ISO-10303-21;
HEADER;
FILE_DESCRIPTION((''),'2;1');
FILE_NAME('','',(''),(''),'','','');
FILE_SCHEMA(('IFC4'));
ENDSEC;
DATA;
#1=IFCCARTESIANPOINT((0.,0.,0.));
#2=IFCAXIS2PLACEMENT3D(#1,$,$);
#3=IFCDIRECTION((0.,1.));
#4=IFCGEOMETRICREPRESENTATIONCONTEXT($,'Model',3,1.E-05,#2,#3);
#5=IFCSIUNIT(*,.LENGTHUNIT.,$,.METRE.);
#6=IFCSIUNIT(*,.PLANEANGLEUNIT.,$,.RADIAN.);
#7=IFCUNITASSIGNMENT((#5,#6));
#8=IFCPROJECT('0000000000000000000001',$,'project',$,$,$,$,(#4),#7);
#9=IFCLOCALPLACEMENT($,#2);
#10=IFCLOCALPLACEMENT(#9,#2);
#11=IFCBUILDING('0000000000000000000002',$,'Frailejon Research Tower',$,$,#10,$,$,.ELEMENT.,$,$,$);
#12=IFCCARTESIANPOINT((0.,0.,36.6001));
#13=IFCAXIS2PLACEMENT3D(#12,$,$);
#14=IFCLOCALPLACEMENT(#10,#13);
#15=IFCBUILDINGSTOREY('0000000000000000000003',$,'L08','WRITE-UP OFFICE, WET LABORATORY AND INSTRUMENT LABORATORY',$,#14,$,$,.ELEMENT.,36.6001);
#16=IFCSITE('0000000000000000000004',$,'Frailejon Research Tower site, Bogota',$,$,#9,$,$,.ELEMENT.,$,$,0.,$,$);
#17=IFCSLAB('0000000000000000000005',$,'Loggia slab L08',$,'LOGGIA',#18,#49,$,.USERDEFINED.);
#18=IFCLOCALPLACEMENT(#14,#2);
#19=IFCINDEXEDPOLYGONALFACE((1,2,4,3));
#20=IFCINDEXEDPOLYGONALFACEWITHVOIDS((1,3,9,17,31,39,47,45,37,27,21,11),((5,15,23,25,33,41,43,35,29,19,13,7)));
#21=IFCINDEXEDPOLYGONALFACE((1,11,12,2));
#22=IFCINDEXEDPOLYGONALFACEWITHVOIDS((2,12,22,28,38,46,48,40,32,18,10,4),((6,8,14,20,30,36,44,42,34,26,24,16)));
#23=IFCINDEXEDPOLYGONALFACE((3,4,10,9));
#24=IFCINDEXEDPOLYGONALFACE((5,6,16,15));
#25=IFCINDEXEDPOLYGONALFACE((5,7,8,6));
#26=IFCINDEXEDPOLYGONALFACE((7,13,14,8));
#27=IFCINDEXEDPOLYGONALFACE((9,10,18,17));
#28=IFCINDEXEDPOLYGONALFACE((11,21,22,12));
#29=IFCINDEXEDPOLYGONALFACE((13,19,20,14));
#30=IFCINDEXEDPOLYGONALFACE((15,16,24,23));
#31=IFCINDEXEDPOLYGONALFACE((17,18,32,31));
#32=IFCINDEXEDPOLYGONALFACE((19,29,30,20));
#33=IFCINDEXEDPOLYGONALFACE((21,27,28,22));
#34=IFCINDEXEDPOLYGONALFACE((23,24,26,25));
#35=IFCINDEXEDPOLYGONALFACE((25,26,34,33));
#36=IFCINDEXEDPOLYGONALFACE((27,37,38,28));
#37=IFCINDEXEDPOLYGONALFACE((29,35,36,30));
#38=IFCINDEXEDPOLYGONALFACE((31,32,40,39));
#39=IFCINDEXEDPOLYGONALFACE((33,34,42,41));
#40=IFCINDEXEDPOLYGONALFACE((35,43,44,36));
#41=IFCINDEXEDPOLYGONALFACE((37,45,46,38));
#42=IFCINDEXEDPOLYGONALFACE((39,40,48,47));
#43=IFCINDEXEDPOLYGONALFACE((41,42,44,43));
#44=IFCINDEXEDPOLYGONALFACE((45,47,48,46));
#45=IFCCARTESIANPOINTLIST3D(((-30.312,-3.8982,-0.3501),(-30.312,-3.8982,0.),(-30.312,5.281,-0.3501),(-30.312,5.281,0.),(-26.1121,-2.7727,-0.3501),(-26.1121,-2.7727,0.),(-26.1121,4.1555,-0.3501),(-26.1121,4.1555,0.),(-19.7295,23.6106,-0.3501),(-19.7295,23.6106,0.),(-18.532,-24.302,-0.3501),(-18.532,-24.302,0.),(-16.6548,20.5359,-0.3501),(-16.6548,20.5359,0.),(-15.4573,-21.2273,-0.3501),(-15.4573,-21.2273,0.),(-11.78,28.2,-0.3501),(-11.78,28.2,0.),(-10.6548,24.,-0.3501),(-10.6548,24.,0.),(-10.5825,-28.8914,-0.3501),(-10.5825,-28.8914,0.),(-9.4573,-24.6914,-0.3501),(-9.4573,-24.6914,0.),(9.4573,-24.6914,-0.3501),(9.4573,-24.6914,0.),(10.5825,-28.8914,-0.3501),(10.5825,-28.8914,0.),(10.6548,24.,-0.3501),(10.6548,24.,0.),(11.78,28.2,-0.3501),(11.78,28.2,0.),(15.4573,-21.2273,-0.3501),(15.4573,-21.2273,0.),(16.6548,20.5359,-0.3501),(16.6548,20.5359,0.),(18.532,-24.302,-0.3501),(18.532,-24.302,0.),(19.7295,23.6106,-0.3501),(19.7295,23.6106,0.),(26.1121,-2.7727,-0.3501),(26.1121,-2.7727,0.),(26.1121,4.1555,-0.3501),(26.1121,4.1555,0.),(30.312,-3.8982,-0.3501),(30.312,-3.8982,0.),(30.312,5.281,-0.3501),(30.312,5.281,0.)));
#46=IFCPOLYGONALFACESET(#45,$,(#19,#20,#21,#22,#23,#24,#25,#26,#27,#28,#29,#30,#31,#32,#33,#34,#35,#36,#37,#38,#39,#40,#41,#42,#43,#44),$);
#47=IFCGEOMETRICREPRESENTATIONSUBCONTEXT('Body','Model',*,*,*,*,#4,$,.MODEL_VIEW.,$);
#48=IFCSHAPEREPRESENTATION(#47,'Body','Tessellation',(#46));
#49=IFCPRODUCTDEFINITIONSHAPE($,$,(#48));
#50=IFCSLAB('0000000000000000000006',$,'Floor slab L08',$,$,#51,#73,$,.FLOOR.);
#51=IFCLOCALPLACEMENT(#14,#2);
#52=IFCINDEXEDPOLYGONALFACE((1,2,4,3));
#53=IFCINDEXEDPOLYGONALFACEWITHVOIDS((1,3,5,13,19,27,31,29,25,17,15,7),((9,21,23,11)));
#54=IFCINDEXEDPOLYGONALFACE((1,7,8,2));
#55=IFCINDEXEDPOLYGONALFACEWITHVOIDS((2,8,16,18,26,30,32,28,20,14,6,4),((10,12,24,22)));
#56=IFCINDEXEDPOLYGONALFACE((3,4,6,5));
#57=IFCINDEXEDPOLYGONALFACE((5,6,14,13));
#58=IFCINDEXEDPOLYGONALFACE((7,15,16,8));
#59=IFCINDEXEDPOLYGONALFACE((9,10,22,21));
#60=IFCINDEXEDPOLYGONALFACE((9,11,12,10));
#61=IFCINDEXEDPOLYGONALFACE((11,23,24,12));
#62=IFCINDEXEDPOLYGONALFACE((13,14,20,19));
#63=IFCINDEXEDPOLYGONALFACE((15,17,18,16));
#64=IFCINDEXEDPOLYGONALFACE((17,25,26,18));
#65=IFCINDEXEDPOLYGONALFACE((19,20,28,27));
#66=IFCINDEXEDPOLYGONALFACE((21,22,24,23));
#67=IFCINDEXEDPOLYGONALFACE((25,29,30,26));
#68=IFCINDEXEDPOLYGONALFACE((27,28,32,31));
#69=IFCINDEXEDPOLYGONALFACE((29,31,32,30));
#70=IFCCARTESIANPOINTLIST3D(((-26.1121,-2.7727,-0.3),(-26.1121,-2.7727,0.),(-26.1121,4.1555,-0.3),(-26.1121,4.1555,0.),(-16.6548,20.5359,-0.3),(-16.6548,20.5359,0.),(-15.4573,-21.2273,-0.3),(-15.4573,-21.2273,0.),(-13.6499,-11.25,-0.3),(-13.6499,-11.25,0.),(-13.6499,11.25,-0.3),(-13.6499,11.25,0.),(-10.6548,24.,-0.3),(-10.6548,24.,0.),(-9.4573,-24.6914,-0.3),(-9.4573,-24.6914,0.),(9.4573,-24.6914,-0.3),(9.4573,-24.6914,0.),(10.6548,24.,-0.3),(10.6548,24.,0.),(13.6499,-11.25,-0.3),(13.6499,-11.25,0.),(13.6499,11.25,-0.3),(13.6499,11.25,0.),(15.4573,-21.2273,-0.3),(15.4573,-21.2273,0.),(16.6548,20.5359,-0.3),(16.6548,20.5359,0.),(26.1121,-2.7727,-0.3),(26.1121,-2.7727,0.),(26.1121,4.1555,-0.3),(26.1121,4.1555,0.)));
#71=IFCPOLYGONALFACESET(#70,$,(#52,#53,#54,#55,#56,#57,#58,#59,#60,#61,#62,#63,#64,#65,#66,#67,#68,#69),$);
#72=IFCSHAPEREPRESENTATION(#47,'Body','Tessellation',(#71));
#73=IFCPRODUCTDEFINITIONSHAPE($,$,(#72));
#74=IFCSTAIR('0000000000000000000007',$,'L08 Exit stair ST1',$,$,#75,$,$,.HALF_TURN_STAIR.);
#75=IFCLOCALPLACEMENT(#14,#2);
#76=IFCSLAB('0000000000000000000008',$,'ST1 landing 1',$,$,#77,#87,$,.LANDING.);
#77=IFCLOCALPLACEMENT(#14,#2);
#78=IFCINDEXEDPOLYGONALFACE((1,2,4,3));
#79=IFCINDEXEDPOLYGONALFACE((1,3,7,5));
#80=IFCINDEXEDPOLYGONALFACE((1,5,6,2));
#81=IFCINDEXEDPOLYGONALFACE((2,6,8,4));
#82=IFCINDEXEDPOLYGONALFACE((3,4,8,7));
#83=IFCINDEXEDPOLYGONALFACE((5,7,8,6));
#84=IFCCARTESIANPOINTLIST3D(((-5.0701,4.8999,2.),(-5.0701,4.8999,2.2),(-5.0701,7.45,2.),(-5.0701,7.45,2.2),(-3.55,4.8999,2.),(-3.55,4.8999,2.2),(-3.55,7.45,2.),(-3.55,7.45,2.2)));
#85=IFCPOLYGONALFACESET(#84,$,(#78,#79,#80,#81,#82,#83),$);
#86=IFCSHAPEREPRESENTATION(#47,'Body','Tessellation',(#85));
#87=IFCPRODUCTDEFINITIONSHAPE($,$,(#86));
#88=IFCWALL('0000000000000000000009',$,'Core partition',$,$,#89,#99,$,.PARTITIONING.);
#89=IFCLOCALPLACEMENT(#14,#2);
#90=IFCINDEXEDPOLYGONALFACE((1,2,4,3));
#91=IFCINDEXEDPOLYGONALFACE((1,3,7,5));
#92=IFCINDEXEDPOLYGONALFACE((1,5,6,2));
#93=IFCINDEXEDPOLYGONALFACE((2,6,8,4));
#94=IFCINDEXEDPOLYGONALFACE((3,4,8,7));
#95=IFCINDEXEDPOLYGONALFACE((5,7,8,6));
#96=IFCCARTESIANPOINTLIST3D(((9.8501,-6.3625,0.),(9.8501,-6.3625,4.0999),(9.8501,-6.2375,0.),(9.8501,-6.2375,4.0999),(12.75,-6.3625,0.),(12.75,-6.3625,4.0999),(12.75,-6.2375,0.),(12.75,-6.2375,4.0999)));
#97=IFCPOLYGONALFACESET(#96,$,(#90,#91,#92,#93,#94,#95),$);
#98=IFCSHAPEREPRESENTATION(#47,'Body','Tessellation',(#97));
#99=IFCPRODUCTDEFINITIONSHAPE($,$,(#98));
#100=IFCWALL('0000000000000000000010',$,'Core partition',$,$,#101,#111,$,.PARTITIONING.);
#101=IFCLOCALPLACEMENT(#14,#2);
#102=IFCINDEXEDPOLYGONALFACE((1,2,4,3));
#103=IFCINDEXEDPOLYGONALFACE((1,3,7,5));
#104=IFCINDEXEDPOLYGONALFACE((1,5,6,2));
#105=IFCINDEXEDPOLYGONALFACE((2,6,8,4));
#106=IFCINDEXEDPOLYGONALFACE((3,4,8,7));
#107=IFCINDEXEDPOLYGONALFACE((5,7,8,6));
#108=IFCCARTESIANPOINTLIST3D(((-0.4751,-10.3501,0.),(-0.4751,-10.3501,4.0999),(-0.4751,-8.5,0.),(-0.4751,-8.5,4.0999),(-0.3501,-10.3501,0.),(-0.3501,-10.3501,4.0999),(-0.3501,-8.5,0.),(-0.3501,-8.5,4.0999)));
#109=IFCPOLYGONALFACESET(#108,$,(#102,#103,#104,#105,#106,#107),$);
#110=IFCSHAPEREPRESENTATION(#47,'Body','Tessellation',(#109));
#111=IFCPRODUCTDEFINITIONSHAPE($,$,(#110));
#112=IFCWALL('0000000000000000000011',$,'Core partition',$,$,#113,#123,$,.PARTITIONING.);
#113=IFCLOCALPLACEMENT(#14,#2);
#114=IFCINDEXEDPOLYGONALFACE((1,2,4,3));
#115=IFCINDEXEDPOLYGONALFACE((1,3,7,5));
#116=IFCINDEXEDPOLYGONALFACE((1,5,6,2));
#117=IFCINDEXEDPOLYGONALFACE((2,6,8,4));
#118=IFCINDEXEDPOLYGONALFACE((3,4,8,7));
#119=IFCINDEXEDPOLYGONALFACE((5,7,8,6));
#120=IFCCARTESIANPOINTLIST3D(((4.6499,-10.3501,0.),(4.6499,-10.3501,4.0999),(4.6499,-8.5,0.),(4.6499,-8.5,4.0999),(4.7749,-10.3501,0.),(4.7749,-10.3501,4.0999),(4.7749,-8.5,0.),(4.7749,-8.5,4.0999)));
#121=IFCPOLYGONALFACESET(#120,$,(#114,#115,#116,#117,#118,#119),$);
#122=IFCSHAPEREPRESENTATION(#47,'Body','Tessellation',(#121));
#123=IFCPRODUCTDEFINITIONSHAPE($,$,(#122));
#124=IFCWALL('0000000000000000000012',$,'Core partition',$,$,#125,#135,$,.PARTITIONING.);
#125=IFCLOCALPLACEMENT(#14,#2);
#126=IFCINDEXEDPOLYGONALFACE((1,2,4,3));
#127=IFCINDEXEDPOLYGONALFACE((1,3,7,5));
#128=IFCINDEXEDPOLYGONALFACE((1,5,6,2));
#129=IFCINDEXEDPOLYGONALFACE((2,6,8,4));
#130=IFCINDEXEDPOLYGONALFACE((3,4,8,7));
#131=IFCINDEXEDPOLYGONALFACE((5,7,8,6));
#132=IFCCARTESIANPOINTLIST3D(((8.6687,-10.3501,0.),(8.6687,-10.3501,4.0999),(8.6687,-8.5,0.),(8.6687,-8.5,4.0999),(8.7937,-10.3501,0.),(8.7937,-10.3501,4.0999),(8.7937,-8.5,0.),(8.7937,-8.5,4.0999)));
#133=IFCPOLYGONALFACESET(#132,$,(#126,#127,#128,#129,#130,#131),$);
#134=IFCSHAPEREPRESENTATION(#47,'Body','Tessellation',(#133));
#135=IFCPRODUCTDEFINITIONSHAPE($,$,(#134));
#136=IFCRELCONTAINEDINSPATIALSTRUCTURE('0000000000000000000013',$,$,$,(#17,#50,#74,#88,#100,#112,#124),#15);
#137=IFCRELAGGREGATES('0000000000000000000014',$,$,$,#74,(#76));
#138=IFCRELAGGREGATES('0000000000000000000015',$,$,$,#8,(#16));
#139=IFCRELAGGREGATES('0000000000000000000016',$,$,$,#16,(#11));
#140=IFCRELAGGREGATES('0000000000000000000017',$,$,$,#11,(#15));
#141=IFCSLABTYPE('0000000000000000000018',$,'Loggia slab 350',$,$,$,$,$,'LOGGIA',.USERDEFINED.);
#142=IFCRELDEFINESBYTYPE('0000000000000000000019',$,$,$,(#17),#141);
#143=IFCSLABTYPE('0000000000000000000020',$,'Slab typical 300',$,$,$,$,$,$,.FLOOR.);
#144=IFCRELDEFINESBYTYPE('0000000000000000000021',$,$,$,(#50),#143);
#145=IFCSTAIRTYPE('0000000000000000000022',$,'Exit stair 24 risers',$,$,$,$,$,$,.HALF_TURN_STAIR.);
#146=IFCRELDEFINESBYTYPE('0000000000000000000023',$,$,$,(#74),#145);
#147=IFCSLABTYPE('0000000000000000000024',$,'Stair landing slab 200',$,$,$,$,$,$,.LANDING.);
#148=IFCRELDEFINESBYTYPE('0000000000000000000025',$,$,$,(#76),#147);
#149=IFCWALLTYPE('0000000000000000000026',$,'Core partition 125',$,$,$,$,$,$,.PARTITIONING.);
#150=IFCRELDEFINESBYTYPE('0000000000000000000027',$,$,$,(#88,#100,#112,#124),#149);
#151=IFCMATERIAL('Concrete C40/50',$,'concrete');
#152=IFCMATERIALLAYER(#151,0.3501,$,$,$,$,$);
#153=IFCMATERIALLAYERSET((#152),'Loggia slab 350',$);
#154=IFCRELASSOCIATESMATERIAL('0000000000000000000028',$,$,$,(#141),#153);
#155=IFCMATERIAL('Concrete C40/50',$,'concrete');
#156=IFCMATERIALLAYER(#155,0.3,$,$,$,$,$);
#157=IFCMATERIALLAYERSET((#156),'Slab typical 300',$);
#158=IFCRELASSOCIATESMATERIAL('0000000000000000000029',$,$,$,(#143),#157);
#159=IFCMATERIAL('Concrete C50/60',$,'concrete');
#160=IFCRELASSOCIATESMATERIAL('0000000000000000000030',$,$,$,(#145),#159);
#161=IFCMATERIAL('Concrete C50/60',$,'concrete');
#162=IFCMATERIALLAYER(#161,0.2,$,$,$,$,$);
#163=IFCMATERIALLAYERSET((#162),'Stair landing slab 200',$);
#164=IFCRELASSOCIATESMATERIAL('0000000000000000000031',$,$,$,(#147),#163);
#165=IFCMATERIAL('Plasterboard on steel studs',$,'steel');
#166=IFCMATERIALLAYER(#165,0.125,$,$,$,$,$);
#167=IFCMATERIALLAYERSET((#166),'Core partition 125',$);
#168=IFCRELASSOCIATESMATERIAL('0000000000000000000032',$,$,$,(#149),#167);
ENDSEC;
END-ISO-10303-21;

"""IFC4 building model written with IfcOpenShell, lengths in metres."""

from ifc_helpers import new_model, si_unit, direction, frame, frame_2d, origin, place, context, subcontext, project, spatial, polyline, rectangle, outline, extrude, material, layer, layer_set, type_object, element, aggregate, save


model = new_model("IFC4")

# Units and contexts
model_context = context("Model", 3, precision=1e-05, world=origin(), true_north=direction((0.0, 1.0)))
body_context = subcontext(model_context, "Body", "Model", "MODEL_VIEW")
ifc_project = project(units=[si_unit("LENGTHUNIT", "METRE"), si_unit("PLANEANGLEUNIT", "RADIAN")], contexts=[model_context])

# Site, building, storey
site_placement = place(None, origin())
site = spatial("IfcSite", under=ifc_project, at=site_placement, Name="Frailejon Research Tower site, Bogota", CompositionType="ELEMENT", RefElevation=0.0)
building_placement = place(site_placement, origin())
building = spatial("IfcBuilding", under=site, at=building_placement, Name="Frailejon Research Tower", CompositionType="ELEMENT")
storey_placement = place(building_placement, frame((0.0, 0.0, 36.6001)))
storey = spatial("IfcBuildingStorey", under=building, at=storey_placement, Name="L08", Description="WRITE-UP OFFICE, WET LABORATORY AND INSTRUMENT LABORATORY", CompositionType="ELEMENT", Elevation=36.6001)

# Slabs
ifc_material_1 = material(Name="Concrete C40/50", Category="concrete")
ifc_layer_1 = layer(ifc_material_1, 0.3501)
ifc_layer_set_1 = layer_set([ifc_layer_1], Name="Loggia slab 350")
slab_type_1 = type_object("IfcSlabType", Name="Loggia slab 350", ElementType="LOGGIA", PredefinedType="USERDEFINED", material=ifc_layer_set_1)
slab_1_placement = place(storey_placement, frame((0.0, 0.0, -0.3501)))
element("IfcSlab", 1, at=slab_1_placement, inside=storey, type_object=slab_type_1, Name="Loggia slab L08", ObjectType="LOGGIA", PredefinedType="USERDEFINED", context=body_context, shape_type="SweptSolid", body=[
    extrude(outline(polyline([(18.532, -24.302), (10.5825, -28.8914), (-10.5825, -28.8914), (-18.532, -24.302), (-30.312, -3.8982), (-30.312, 5.281), (-19.7295, 23.6106), (-11.78, 28.2), (11.78, 28.2), (19.7295, 23.6106), (30.312, 5.281), (30.312, -3.8982), (18.532, -24.302)]), holes=[polyline([(26.1121, 4.1555), (16.6548, 20.5359), (10.6548, 24.0), (-10.6548, 24.0), (-16.6548, 20.5359), (-26.1121, 4.1555), (-26.1121, -2.7727), (-15.4573, -21.2273), (-9.4573, -24.6914), (9.4573, -24.6914), (15.4573, -21.2273), (26.1121, -2.7727), (26.1121, 4.1555)])]), origin(), (0.0, 0.0, 1.0), 0.3501),
])
ifc_material_2 = material(Name="Concrete C40/50", Category="concrete")
ifc_layer_2 = layer(ifc_material_2, 0.3)
ifc_layer_set_2 = layer_set([ifc_layer_2], Name="Slab typical 300")
slab_type_2 = type_object("IfcSlabType", Name="Slab typical 300", PredefinedType="FLOOR", material=ifc_layer_set_2)
slab_2_placement = place(storey_placement, frame((0.0, 0.0, -0.3)))
element("IfcSlab", 2, at=slab_2_placement, inside=storey, type_object=slab_type_2, Name="Floor slab L08", PredefinedType="FLOOR", context=body_context, shape_type="SweptSolid", body=[
    extrude(outline(polyline([(26.1121, -2.7727), (26.1121, 4.1555), (16.6548, 20.5359), (10.6548, 24.0), (-10.6548, 24.0), (-16.6548, 20.5359), (-26.1121, 4.1555), (-26.1121, -2.7727), (-15.4573, -21.2273), (-9.4573, -24.6914), (9.4573, -24.6914), (15.4573, -21.2273), (26.1121, -2.7727)]), holes=[polyline([(13.6499, -11.25), (-13.6499, -11.25), (-13.6499, 11.25), (13.6499, 11.25), (13.6499, -11.25)])]), origin(), (0.0, 0.0, 1.0), 0.3),
])

# Stair, slab
ifc_material_3 = material(Name="Concrete C50/60", Category="concrete")
stair_type = type_object("IfcStairType", Name="Exit stair 24 risers", PredefinedType="HALF_TURN_STAIR", material=ifc_material_3)
stair_placement = place(storey_placement, origin())
stair = element("IfcStair", 3, at=stair_placement, inside=storey, type_object=stair_type, Name="L08 Exit stair ST1", PredefinedType="HALF_TURN_STAIR")
ifc_material_4 = material(Name="Concrete C50/60", Category="concrete")
ifc_layer_3 = layer(ifc_material_4, 0.2)
ifc_layer_set_3 = layer_set([ifc_layer_3], Name="Stair landing slab 200")
slab_type_3 = type_object("IfcSlabType", Name="Stair landing slab 200", PredefinedType="LANDING", material=ifc_layer_set_3)
slab_3_placement = place(storey_placement, frame((0.0, 0.0, 2.0)))
slab_3 = element("IfcSlab", 4, at=slab_3_placement, type_object=slab_type_3, Name="ST1 landing 1", PredefinedType="LANDING", context=body_context, shape_type="SweptSolid", body=[
    extrude(outline(polyline([(-5.0701, 4.8999), (-3.55, 4.8999), (-3.55, 7.45), (-5.0701, 7.45), (-5.0701, 4.8999)])), origin(), (0.0, 0.0, 1.0), 0.2),
])
aggregate(stair, [slab_3])

# Walls
ifc_material_5 = material(Name="Plasterboard on steel studs", Category="steel")
ifc_layer_4 = layer(ifc_material_5, 0.125)
ifc_layer_set_4 = layer_set([ifc_layer_4], Name="Core partition 125")
wall_type_1 = type_object("IfcWallType", Name="Core partition 125", PredefinedType="PARTITIONING", material=ifc_layer_set_4)
wall_1_placement = place(storey_placement, frame((9.8501, -6.3, 0.0), z_axis=(0.0, 0.0, 1.0), x_axis=(1.0, 0.0, 0.0)))
element("IfcWall", 5, at=wall_1_placement, inside=storey, type_object=wall_type_1, Name="Core partition", PredefinedType="PARTITIONING", context=body_context, shape_type="SweptSolid", body=[
    extrude(rectangle(XDim=2.8999, YDim=0.125, at=frame_2d((1.45, 0.0))), origin(), (0.0, 0.0, 1.0), 4.0999),
])
for number, where, z_axis, x_axis, name in (
    (6, (-0.4126, -10.3501, 0.0), (0.0, 0.0, 1.0), (0.0, 1.0, 0.0), "Core partition"),
    (7, (4.7124, -10.3501, 0.0), (0.0, 0.0, 1.0), (0.0, 1.0, 0.0), "Core partition"),
    (8, (8.7312, -10.3501, 0.0), (0.0, 0.0, 1.0), (0.0, 1.0, 0.0), "Core partition"),
):
    element("IfcWall", number, at=place(storey_placement, frame(where, z_axis=z_axis, x_axis=x_axis)), inside=storey, type_object=wall_type_1, Name=name, PredefinedType="PARTITIONING", context=body_context, shape_type="SweptSolid", body=[
        extrude(rectangle(XDim=1.8501, YDim=0.125, at=frame_2d((0.925, 0.0))), origin(), (0.0, 0.0, 1.0), 4.0999),
    ])

save(model, "model.ifc")
